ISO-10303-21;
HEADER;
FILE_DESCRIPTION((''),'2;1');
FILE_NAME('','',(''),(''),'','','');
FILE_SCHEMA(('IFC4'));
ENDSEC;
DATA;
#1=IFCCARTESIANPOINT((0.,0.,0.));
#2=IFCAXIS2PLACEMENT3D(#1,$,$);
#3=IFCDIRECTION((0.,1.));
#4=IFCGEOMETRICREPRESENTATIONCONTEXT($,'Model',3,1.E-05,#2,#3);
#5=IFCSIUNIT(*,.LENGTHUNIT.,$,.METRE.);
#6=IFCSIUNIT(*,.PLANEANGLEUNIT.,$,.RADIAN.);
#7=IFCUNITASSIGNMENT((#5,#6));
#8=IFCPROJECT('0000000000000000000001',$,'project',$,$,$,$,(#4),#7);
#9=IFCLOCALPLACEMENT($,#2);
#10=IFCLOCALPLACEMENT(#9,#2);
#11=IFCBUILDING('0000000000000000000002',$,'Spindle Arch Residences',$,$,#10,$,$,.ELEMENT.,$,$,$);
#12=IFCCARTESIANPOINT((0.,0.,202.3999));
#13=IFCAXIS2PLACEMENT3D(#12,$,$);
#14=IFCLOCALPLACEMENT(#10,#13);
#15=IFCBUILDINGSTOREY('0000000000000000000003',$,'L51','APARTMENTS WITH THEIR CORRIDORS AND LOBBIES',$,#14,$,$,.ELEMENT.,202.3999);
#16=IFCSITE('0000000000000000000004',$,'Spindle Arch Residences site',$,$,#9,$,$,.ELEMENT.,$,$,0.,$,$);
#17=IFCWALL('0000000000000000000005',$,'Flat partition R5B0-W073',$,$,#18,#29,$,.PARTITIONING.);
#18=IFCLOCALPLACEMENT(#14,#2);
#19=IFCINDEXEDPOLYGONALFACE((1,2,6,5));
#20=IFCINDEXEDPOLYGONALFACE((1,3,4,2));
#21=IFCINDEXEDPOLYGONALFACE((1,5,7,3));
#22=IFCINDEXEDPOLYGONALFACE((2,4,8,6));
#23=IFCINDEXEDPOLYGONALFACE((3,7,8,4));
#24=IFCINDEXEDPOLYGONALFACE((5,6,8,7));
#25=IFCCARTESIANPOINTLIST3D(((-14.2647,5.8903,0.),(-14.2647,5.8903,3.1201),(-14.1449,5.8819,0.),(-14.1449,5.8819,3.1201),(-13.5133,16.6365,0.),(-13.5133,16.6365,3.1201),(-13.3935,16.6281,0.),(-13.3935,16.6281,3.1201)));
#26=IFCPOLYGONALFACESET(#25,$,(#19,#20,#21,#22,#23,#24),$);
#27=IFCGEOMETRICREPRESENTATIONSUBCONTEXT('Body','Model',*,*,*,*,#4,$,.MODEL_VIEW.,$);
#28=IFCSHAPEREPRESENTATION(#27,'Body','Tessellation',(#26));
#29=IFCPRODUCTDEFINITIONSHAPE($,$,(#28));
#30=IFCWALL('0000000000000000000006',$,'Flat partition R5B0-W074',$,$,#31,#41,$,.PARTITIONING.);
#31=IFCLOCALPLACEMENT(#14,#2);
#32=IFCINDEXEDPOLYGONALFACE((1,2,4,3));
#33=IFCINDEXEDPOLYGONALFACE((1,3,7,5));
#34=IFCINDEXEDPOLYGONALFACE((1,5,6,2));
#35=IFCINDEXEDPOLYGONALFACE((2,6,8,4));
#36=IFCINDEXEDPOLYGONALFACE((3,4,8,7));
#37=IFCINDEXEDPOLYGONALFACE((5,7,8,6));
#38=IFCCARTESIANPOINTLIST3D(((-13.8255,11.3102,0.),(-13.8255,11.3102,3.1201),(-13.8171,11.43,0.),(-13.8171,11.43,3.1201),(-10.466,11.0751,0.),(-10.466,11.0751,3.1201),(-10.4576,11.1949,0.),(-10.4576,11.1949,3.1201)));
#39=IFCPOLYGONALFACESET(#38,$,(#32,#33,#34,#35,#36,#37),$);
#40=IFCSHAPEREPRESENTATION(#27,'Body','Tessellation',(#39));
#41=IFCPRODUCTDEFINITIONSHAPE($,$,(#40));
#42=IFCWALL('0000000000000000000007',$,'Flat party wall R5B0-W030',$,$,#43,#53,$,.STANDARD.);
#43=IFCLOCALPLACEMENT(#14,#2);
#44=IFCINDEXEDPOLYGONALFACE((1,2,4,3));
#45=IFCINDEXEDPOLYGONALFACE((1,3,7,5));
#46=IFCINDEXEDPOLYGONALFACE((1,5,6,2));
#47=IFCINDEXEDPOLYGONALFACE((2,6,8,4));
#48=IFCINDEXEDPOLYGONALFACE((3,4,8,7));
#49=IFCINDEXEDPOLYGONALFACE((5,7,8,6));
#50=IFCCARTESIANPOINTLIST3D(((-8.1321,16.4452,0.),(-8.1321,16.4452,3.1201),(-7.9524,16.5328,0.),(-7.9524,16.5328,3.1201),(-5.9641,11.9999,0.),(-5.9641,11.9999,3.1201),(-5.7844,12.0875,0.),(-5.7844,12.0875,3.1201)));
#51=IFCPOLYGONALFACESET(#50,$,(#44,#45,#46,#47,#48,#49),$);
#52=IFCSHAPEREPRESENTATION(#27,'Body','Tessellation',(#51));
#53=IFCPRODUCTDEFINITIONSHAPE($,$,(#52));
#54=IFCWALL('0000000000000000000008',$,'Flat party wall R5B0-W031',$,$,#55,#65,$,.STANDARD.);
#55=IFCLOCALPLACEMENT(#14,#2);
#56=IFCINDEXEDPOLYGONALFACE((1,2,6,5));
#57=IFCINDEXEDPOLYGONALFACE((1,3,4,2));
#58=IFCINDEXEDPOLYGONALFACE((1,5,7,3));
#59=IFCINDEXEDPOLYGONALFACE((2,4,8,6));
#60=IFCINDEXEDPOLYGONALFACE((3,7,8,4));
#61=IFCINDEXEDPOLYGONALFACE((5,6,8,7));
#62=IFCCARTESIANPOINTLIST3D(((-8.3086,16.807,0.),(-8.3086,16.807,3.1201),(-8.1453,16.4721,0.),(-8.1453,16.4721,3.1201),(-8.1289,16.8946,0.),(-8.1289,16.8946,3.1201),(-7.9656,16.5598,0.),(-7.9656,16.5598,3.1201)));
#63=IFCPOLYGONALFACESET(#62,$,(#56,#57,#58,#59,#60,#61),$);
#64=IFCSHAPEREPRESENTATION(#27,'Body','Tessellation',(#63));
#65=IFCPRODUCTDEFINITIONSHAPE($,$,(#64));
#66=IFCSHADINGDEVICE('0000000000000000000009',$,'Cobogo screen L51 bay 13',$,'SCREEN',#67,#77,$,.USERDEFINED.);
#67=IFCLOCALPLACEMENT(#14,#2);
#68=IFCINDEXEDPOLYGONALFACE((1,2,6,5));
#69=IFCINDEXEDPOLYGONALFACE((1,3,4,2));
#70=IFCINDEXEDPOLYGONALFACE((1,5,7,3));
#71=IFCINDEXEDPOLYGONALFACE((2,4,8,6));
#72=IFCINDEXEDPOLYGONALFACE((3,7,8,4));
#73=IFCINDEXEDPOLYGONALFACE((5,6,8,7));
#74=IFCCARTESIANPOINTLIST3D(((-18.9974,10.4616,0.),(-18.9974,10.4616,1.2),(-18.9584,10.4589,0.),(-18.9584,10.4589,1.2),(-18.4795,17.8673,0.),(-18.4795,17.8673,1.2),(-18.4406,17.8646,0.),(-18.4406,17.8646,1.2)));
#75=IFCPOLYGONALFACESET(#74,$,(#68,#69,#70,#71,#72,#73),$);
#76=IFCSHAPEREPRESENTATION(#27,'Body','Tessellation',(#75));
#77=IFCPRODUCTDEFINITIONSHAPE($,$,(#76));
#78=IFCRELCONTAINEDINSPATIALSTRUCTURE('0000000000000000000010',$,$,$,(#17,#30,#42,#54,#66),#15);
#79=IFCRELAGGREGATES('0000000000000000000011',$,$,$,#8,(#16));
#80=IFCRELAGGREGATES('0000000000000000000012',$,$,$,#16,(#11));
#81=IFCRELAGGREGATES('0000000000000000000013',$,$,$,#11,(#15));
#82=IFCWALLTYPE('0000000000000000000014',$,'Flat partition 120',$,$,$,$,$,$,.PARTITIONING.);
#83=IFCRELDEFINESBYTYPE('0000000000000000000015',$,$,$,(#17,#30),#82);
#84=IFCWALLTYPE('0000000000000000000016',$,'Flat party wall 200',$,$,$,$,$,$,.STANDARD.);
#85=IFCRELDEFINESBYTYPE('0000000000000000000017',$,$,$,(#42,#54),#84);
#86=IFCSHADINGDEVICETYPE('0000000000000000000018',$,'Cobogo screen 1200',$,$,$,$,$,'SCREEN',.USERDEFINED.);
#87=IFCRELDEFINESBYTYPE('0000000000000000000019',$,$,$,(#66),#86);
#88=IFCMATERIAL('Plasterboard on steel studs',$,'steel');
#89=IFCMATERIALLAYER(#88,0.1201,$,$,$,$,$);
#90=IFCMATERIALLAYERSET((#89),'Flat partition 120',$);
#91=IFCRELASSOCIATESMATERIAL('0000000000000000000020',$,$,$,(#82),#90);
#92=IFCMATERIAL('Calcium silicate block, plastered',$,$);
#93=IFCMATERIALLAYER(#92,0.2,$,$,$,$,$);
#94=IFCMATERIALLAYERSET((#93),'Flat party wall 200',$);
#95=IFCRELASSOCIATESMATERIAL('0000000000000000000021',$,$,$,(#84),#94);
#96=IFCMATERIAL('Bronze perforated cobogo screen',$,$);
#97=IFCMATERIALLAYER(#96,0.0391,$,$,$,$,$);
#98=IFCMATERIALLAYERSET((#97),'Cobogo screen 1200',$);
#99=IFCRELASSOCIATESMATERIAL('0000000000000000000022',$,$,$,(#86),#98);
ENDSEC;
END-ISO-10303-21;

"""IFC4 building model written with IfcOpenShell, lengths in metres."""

from ifc_helpers import new_model, si_unit, direction, frame, frame_2d, origin, origin_2d, place, context, subcontext, project, spatial, rectangle, extrude, material, layer, layer_set, type_object, element, save


model = new_model("IFC4")

# Units and contexts
model_context = context("Model", 3, precision=1e-05, world=origin(), true_north=direction((0.0, 1.0)))
body_context = subcontext(model_context, "Body", "Model", "MODEL_VIEW")
ifc_project = project(units=[si_unit("LENGTHUNIT", "METRE"), si_unit("PLANEANGLEUNIT", "RADIAN")], contexts=[model_context])

# Site, building, storey
site_placement = place(None, origin())
site = spatial("IfcSite", under=ifc_project, at=site_placement, Name="Spindle Arch Residences site", CompositionType="ELEMENT", RefElevation=0.0)
building_placement = place(site_placement, origin())
building = spatial("IfcBuilding", under=site, at=building_placement, Name="Spindle Arch Residences", CompositionType="ELEMENT")
storey_placement = place(building_placement, frame((0.0, 0.0, 202.3999)))
storey = spatial("IfcBuildingStorey", under=building, at=storey_placement, Name="L51", Description="APARTMENTS WITH THEIR CORRIDORS AND LOBBIES", CompositionType="ELEMENT", Elevation=202.3999)

# Shared definitions
ifc_material_1 = material(Name="Plasterboard on steel studs", Category="steel")
ifc_layer_1 = layer(ifc_material_1, 0.1201)
ifc_layer_set_1 = layer_set([ifc_layer_1], Name="Flat partition 120")
wall_type_1 = type_object("IfcWallType", Name="Flat partition 120", PredefinedType="PARTITIONING", material=ifc_layer_set_1)

# Walls
wall_1_placement = place(storey_placement, frame((-13.4534, 16.6323, 0.0), z_axis=(0.0, 0.0, 1.0), x_axis=(-0.069757, -0.997564, 0.0)))
element("IfcWall", 1, at=wall_1_placement, inside=storey, type_object=wall_type_1, Name="Flat partition R5B0-W073", PredefinedType="PARTITIONING", context=body_context, shape_type="SweptSolid", body=[
    extrude(rectangle(XDim=10.7725, YDim=0.1201, at=frame_2d((5.3862, 0.0))), origin(), (0.0, 0.0, 1.0), 3.1201),
])
wall_2_placement = place(storey_placement, frame((-13.8213, 11.3701, 0.0), z_axis=(0.0, 0.0, 1.0), x_axis=(0.99756, -0.069815, 0.0)))
element("IfcWall", 2, at=wall_2_placement, inside=storey, type_object=wall_type_1, Name="Flat partition R5B0-W074", PredefinedType="PARTITIONING", context=body_context, shape_type="SweptSolid", body=[
    extrude(rectangle(XDim=3.3677, YDim=0.1201, at=frame_2d((1.6838, 0.0))), origin(), (0.0, 0.0, 1.0), 3.1201),
])
ifc_material_2 = material(Name="Calcium silicate block, plastered")
ifc_layer_2 = layer(ifc_material_2, 0.2)
ifc_layer_set_2 = layer_set([ifc_layer_2], Name="Flat party wall 200")
wall_type_2 = type_object("IfcWallType", Name="Flat party wall 200", PredefinedType="STANDARD", material=ifc_layer_set_2)
wall_3_placement = place(storey_placement, frame((-8.0422, 16.489, 0.0), z_axis=(0.0, 0.0, 1.0), x_axis=(0.438346, -0.898806, 0.0)))
element("IfcWall", 3, at=wall_3_placement, inside=storey, type_object=wall_type_2, Name="Flat party wall R5B0-W030", PredefinedType="STANDARD", context=body_context, shape_type="SweptSolid", body=[
    extrude(rectangle(XDim=4.9458, YDim=0.2, at=frame_2d((2.4729, 0.0))), origin(), (0.0, 0.0, 1.0), 3.1201),
])
wall_4_placement = place(storey_placement, frame((-8.2188, 16.8508, 0.0), z_axis=(0.0, 0.0, 1.0), x_axis=(0.438282, -0.898838, 0.0)))
element("IfcWall", 4, at=wall_4_placement, inside=storey, type_object=wall_type_2, Name="Flat party wall R5B0-W031", PredefinedType="STANDARD", context=body_context, shape_type="SweptSolid", body=[
    extrude(rectangle(XDim=0.3726, YDim=0.2, at=frame_2d((0.1863, 0.0))), origin(), (0.0, 0.0, 1.0), 3.1201),
])

# Shading device
ifc_material_3 = material(Name="Bronze perforated cobogo screen")
ifc_layer_3 = layer(ifc_material_3, 0.0391)
ifc_layer_set_3 = layer_set([ifc_layer_3], Name="Cobogo screen 1200")
shading_device_type = type_object("IfcShadingDeviceType", Name="Cobogo screen 1200", ElementType="SCREEN", PredefinedType="USERDEFINED", material=ifc_layer_set_3)
shading_device_placement = place(storey_placement, frame((-18.719, 14.1631, 0.0), z_axis=(0.0, 0.0, 1.0), x_axis=(-0.069756, -0.997564, 0.0)))
element("IfcShadingDevice", 5, at=shading_device_placement, inside=storey, type_object=shading_device_type, Name="Cobogo screen L51 bay 13", ObjectType="SCREEN", PredefinedType="USERDEFINED", context=body_context, shape_type="SweptSolid", body=[
    extrude(rectangle(XDim=7.4238, YDim=0.0391, at=origin_2d()), origin(), (0.0, 0.0, 1.0), 1.2),
])

save(model, "model.ifc")
